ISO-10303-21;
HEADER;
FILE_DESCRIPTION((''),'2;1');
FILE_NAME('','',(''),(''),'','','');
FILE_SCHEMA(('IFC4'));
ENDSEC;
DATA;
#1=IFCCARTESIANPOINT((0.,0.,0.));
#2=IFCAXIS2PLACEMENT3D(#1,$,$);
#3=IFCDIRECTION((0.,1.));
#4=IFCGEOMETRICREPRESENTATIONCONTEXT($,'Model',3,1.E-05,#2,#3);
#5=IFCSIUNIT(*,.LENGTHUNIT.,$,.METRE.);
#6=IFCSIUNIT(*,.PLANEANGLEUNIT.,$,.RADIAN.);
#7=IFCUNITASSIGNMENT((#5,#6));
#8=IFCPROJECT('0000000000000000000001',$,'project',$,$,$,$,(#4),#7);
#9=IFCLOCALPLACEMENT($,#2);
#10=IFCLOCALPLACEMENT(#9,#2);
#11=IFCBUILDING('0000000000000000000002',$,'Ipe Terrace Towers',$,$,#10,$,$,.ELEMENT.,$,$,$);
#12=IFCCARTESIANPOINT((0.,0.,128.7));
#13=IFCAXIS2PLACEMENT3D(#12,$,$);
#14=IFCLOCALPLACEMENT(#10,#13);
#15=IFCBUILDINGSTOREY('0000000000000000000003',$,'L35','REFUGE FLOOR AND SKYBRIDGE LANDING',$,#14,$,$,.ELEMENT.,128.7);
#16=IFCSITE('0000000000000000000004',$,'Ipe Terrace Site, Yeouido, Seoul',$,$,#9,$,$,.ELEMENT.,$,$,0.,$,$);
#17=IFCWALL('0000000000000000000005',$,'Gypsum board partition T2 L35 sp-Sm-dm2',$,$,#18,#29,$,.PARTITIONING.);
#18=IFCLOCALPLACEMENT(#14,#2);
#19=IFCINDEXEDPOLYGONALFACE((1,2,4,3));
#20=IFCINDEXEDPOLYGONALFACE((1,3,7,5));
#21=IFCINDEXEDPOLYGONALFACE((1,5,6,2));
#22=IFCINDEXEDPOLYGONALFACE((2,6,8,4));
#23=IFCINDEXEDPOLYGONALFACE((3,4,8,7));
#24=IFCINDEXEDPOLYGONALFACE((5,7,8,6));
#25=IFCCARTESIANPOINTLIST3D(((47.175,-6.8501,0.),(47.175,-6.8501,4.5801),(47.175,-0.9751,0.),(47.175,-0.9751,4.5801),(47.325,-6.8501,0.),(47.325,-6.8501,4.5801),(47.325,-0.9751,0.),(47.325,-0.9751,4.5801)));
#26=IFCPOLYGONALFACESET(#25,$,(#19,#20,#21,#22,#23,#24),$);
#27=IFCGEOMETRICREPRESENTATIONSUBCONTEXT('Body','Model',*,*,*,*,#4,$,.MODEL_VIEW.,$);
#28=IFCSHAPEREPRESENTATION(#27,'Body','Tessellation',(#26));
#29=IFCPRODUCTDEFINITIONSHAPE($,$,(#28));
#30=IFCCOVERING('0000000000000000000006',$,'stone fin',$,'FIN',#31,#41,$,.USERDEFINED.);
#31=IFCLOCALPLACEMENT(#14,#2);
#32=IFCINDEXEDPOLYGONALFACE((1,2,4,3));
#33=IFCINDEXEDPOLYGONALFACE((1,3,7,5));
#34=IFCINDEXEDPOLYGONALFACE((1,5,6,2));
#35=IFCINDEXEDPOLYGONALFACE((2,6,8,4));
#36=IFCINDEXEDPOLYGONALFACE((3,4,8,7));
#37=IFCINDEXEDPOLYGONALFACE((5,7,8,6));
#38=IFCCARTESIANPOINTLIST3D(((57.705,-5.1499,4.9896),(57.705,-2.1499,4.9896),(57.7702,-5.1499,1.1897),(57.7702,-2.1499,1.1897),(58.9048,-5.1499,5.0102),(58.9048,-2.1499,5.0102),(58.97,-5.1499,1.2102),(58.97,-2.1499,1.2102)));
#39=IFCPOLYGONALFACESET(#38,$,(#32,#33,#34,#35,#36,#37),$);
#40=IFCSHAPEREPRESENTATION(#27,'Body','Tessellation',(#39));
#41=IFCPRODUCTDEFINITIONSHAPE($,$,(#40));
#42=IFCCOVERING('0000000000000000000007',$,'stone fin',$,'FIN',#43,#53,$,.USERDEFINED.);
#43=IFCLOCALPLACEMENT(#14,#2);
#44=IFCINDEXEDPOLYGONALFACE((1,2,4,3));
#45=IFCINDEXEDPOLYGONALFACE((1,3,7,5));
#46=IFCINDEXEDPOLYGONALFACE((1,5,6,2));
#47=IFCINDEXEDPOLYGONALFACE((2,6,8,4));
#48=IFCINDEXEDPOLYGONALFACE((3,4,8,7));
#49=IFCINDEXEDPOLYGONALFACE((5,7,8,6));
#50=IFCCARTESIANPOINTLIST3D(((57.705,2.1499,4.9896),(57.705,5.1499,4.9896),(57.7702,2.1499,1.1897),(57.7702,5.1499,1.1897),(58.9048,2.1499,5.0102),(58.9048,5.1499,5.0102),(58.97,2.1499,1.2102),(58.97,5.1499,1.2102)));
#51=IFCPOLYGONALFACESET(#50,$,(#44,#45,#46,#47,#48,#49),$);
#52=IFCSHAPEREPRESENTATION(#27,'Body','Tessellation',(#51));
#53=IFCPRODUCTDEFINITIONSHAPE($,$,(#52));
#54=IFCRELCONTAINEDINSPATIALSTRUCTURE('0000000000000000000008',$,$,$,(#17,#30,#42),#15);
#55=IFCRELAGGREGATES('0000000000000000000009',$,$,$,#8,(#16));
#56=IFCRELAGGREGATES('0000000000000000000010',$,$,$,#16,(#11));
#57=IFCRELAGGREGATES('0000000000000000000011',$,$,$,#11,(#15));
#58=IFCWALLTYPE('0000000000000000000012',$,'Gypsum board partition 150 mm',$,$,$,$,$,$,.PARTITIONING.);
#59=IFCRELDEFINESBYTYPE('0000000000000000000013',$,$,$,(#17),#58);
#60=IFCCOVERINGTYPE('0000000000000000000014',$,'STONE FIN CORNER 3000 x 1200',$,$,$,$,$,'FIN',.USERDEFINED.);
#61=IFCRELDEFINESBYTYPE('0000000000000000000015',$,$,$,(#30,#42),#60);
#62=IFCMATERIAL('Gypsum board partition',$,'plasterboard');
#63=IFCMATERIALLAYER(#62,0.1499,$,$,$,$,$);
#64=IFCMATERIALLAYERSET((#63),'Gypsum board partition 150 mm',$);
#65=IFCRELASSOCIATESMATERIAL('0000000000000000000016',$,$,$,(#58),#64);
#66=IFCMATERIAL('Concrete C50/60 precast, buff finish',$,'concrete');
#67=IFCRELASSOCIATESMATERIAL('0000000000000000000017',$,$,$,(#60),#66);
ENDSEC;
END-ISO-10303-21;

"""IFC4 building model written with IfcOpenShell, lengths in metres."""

from ifc_helpers import new_model, si_unit, direction, frame, frame_2d, origin, origin_2d, place, context, subcontext, project, spatial, rectangle, extrude, material, layer, layer_set, material_profile, profile_set, type_object, element, save


model = new_model("IFC4")

# Units and contexts
model_context = context("Model", 3, precision=1e-05, world=origin(), true_north=direction((0.0, 1.0)))
body_context = subcontext(model_context, "Body", "Model", "MODEL_VIEW")
ifc_project = project(units=[si_unit("LENGTHUNIT", "METRE"), si_unit("PLANEANGLEUNIT", "RADIAN")], contexts=[model_context])

# Site, building, storey
site_placement = place(None, origin())
site = spatial("IfcSite", under=ifc_project, at=site_placement, Name="Ipe Terrace Site, Yeouido, Seoul", CompositionType="ELEMENT", RefElevation=0.0)
building_placement = place(site_placement, origin())
building = spatial("IfcBuilding", under=site, at=building_placement, Name="Ipe Terrace Towers", CompositionType="ELEMENT")
storey_placement = place(building_placement, frame((0.0, 0.0, 128.7)))
storey = spatial("IfcBuildingStorey", under=building, at=storey_placement, Name="L35", Description="REFUGE FLOOR AND SKYBRIDGE LANDING", CompositionType="ELEMENT", Elevation=128.7)

# Shared definitions
ifc_material_1 = material(Name="Gypsum board partition", Category="plasterboard")
ifc_layer_1 = layer(ifc_material_1, 0.1499)
ifc_layer_set_1 = layer_set([ifc_layer_1], Name="Gypsum board partition 150 mm")
wall_type_1 = type_object("IfcWallType", Name="Gypsum board partition 150 mm", PredefinedType="PARTITIONING", material=ifc_layer_set_1)

# Wall
for number, where, z_axis, x_axis, name in (
    (1, (47.25, -0.9751, 0.0), (0.0, 0.0, 1.0), (0.0, -1.0, 0.0), "Gypsum board partition T2 L35 sp-Sm-dm2"),
):
    element("IfcWall", number, at=place(storey_placement, frame(where, z_axis=z_axis, x_axis=x_axis)), inside=storey, type_object=wall_type_1, Name=name, PredefinedType="PARTITIONING", context=body_context, shape_type="SweptSolid", body=[
        extrude(rectangle(XDim=5.875, YDim=0.1499, at=frame_2d((2.9375, 0.0))), origin(), (0.0, 0.0, 1.0), 4.5801),
    ])

# Coverings
ifc_material_2 = material(Name="Concrete C50/60 precast, buff finish", Category="concrete")
ifc_material_profile_1 = material_profile(ifc_material_2, rectangle(XDim=3.0, YDim=1.2, at=origin_2d()), Name="STONE FIN CORNER 3000 x 1200")
ifc_profile_set_1 = profile_set([ifc_material_profile_1], Name="Concrete C50/60 precast, buff finish")
covering_type = type_object("IfcCoveringType", Name="STONE FIN CORNER 3000 x 1200", ElementType="FIN", PredefinedType="USERDEFINED", material=ifc_profile_set_1)
for number, where, z_axis, x_axis, name in (
    (2, (58.3701, -3.6499, 1.2), (-0.017151, 0.0, 0.999853), (0.0, 1.0, 0.0), "stone fin"),
    (3, (58.3701, 3.6499, 1.2), (-0.017151, 0.0, 0.999853), (0.0, 1.0, 0.0), "stone fin"),
):
    element("IfcCovering", number, at=place(storey_placement, frame(where, z_axis=z_axis, x_axis=x_axis)), inside=storey, type_object=covering_type, Name=name, ObjectType="FIN", PredefinedType="USERDEFINED", context=body_context, shape_type="SweptSolid", body=[
        extrude(rectangle(XDim=3.0, YDim=1.2, at=origin_2d()), origin(), (0.0, 0.0, 1.0), 3.8005),
    ])

save(model, "model.ifc")
